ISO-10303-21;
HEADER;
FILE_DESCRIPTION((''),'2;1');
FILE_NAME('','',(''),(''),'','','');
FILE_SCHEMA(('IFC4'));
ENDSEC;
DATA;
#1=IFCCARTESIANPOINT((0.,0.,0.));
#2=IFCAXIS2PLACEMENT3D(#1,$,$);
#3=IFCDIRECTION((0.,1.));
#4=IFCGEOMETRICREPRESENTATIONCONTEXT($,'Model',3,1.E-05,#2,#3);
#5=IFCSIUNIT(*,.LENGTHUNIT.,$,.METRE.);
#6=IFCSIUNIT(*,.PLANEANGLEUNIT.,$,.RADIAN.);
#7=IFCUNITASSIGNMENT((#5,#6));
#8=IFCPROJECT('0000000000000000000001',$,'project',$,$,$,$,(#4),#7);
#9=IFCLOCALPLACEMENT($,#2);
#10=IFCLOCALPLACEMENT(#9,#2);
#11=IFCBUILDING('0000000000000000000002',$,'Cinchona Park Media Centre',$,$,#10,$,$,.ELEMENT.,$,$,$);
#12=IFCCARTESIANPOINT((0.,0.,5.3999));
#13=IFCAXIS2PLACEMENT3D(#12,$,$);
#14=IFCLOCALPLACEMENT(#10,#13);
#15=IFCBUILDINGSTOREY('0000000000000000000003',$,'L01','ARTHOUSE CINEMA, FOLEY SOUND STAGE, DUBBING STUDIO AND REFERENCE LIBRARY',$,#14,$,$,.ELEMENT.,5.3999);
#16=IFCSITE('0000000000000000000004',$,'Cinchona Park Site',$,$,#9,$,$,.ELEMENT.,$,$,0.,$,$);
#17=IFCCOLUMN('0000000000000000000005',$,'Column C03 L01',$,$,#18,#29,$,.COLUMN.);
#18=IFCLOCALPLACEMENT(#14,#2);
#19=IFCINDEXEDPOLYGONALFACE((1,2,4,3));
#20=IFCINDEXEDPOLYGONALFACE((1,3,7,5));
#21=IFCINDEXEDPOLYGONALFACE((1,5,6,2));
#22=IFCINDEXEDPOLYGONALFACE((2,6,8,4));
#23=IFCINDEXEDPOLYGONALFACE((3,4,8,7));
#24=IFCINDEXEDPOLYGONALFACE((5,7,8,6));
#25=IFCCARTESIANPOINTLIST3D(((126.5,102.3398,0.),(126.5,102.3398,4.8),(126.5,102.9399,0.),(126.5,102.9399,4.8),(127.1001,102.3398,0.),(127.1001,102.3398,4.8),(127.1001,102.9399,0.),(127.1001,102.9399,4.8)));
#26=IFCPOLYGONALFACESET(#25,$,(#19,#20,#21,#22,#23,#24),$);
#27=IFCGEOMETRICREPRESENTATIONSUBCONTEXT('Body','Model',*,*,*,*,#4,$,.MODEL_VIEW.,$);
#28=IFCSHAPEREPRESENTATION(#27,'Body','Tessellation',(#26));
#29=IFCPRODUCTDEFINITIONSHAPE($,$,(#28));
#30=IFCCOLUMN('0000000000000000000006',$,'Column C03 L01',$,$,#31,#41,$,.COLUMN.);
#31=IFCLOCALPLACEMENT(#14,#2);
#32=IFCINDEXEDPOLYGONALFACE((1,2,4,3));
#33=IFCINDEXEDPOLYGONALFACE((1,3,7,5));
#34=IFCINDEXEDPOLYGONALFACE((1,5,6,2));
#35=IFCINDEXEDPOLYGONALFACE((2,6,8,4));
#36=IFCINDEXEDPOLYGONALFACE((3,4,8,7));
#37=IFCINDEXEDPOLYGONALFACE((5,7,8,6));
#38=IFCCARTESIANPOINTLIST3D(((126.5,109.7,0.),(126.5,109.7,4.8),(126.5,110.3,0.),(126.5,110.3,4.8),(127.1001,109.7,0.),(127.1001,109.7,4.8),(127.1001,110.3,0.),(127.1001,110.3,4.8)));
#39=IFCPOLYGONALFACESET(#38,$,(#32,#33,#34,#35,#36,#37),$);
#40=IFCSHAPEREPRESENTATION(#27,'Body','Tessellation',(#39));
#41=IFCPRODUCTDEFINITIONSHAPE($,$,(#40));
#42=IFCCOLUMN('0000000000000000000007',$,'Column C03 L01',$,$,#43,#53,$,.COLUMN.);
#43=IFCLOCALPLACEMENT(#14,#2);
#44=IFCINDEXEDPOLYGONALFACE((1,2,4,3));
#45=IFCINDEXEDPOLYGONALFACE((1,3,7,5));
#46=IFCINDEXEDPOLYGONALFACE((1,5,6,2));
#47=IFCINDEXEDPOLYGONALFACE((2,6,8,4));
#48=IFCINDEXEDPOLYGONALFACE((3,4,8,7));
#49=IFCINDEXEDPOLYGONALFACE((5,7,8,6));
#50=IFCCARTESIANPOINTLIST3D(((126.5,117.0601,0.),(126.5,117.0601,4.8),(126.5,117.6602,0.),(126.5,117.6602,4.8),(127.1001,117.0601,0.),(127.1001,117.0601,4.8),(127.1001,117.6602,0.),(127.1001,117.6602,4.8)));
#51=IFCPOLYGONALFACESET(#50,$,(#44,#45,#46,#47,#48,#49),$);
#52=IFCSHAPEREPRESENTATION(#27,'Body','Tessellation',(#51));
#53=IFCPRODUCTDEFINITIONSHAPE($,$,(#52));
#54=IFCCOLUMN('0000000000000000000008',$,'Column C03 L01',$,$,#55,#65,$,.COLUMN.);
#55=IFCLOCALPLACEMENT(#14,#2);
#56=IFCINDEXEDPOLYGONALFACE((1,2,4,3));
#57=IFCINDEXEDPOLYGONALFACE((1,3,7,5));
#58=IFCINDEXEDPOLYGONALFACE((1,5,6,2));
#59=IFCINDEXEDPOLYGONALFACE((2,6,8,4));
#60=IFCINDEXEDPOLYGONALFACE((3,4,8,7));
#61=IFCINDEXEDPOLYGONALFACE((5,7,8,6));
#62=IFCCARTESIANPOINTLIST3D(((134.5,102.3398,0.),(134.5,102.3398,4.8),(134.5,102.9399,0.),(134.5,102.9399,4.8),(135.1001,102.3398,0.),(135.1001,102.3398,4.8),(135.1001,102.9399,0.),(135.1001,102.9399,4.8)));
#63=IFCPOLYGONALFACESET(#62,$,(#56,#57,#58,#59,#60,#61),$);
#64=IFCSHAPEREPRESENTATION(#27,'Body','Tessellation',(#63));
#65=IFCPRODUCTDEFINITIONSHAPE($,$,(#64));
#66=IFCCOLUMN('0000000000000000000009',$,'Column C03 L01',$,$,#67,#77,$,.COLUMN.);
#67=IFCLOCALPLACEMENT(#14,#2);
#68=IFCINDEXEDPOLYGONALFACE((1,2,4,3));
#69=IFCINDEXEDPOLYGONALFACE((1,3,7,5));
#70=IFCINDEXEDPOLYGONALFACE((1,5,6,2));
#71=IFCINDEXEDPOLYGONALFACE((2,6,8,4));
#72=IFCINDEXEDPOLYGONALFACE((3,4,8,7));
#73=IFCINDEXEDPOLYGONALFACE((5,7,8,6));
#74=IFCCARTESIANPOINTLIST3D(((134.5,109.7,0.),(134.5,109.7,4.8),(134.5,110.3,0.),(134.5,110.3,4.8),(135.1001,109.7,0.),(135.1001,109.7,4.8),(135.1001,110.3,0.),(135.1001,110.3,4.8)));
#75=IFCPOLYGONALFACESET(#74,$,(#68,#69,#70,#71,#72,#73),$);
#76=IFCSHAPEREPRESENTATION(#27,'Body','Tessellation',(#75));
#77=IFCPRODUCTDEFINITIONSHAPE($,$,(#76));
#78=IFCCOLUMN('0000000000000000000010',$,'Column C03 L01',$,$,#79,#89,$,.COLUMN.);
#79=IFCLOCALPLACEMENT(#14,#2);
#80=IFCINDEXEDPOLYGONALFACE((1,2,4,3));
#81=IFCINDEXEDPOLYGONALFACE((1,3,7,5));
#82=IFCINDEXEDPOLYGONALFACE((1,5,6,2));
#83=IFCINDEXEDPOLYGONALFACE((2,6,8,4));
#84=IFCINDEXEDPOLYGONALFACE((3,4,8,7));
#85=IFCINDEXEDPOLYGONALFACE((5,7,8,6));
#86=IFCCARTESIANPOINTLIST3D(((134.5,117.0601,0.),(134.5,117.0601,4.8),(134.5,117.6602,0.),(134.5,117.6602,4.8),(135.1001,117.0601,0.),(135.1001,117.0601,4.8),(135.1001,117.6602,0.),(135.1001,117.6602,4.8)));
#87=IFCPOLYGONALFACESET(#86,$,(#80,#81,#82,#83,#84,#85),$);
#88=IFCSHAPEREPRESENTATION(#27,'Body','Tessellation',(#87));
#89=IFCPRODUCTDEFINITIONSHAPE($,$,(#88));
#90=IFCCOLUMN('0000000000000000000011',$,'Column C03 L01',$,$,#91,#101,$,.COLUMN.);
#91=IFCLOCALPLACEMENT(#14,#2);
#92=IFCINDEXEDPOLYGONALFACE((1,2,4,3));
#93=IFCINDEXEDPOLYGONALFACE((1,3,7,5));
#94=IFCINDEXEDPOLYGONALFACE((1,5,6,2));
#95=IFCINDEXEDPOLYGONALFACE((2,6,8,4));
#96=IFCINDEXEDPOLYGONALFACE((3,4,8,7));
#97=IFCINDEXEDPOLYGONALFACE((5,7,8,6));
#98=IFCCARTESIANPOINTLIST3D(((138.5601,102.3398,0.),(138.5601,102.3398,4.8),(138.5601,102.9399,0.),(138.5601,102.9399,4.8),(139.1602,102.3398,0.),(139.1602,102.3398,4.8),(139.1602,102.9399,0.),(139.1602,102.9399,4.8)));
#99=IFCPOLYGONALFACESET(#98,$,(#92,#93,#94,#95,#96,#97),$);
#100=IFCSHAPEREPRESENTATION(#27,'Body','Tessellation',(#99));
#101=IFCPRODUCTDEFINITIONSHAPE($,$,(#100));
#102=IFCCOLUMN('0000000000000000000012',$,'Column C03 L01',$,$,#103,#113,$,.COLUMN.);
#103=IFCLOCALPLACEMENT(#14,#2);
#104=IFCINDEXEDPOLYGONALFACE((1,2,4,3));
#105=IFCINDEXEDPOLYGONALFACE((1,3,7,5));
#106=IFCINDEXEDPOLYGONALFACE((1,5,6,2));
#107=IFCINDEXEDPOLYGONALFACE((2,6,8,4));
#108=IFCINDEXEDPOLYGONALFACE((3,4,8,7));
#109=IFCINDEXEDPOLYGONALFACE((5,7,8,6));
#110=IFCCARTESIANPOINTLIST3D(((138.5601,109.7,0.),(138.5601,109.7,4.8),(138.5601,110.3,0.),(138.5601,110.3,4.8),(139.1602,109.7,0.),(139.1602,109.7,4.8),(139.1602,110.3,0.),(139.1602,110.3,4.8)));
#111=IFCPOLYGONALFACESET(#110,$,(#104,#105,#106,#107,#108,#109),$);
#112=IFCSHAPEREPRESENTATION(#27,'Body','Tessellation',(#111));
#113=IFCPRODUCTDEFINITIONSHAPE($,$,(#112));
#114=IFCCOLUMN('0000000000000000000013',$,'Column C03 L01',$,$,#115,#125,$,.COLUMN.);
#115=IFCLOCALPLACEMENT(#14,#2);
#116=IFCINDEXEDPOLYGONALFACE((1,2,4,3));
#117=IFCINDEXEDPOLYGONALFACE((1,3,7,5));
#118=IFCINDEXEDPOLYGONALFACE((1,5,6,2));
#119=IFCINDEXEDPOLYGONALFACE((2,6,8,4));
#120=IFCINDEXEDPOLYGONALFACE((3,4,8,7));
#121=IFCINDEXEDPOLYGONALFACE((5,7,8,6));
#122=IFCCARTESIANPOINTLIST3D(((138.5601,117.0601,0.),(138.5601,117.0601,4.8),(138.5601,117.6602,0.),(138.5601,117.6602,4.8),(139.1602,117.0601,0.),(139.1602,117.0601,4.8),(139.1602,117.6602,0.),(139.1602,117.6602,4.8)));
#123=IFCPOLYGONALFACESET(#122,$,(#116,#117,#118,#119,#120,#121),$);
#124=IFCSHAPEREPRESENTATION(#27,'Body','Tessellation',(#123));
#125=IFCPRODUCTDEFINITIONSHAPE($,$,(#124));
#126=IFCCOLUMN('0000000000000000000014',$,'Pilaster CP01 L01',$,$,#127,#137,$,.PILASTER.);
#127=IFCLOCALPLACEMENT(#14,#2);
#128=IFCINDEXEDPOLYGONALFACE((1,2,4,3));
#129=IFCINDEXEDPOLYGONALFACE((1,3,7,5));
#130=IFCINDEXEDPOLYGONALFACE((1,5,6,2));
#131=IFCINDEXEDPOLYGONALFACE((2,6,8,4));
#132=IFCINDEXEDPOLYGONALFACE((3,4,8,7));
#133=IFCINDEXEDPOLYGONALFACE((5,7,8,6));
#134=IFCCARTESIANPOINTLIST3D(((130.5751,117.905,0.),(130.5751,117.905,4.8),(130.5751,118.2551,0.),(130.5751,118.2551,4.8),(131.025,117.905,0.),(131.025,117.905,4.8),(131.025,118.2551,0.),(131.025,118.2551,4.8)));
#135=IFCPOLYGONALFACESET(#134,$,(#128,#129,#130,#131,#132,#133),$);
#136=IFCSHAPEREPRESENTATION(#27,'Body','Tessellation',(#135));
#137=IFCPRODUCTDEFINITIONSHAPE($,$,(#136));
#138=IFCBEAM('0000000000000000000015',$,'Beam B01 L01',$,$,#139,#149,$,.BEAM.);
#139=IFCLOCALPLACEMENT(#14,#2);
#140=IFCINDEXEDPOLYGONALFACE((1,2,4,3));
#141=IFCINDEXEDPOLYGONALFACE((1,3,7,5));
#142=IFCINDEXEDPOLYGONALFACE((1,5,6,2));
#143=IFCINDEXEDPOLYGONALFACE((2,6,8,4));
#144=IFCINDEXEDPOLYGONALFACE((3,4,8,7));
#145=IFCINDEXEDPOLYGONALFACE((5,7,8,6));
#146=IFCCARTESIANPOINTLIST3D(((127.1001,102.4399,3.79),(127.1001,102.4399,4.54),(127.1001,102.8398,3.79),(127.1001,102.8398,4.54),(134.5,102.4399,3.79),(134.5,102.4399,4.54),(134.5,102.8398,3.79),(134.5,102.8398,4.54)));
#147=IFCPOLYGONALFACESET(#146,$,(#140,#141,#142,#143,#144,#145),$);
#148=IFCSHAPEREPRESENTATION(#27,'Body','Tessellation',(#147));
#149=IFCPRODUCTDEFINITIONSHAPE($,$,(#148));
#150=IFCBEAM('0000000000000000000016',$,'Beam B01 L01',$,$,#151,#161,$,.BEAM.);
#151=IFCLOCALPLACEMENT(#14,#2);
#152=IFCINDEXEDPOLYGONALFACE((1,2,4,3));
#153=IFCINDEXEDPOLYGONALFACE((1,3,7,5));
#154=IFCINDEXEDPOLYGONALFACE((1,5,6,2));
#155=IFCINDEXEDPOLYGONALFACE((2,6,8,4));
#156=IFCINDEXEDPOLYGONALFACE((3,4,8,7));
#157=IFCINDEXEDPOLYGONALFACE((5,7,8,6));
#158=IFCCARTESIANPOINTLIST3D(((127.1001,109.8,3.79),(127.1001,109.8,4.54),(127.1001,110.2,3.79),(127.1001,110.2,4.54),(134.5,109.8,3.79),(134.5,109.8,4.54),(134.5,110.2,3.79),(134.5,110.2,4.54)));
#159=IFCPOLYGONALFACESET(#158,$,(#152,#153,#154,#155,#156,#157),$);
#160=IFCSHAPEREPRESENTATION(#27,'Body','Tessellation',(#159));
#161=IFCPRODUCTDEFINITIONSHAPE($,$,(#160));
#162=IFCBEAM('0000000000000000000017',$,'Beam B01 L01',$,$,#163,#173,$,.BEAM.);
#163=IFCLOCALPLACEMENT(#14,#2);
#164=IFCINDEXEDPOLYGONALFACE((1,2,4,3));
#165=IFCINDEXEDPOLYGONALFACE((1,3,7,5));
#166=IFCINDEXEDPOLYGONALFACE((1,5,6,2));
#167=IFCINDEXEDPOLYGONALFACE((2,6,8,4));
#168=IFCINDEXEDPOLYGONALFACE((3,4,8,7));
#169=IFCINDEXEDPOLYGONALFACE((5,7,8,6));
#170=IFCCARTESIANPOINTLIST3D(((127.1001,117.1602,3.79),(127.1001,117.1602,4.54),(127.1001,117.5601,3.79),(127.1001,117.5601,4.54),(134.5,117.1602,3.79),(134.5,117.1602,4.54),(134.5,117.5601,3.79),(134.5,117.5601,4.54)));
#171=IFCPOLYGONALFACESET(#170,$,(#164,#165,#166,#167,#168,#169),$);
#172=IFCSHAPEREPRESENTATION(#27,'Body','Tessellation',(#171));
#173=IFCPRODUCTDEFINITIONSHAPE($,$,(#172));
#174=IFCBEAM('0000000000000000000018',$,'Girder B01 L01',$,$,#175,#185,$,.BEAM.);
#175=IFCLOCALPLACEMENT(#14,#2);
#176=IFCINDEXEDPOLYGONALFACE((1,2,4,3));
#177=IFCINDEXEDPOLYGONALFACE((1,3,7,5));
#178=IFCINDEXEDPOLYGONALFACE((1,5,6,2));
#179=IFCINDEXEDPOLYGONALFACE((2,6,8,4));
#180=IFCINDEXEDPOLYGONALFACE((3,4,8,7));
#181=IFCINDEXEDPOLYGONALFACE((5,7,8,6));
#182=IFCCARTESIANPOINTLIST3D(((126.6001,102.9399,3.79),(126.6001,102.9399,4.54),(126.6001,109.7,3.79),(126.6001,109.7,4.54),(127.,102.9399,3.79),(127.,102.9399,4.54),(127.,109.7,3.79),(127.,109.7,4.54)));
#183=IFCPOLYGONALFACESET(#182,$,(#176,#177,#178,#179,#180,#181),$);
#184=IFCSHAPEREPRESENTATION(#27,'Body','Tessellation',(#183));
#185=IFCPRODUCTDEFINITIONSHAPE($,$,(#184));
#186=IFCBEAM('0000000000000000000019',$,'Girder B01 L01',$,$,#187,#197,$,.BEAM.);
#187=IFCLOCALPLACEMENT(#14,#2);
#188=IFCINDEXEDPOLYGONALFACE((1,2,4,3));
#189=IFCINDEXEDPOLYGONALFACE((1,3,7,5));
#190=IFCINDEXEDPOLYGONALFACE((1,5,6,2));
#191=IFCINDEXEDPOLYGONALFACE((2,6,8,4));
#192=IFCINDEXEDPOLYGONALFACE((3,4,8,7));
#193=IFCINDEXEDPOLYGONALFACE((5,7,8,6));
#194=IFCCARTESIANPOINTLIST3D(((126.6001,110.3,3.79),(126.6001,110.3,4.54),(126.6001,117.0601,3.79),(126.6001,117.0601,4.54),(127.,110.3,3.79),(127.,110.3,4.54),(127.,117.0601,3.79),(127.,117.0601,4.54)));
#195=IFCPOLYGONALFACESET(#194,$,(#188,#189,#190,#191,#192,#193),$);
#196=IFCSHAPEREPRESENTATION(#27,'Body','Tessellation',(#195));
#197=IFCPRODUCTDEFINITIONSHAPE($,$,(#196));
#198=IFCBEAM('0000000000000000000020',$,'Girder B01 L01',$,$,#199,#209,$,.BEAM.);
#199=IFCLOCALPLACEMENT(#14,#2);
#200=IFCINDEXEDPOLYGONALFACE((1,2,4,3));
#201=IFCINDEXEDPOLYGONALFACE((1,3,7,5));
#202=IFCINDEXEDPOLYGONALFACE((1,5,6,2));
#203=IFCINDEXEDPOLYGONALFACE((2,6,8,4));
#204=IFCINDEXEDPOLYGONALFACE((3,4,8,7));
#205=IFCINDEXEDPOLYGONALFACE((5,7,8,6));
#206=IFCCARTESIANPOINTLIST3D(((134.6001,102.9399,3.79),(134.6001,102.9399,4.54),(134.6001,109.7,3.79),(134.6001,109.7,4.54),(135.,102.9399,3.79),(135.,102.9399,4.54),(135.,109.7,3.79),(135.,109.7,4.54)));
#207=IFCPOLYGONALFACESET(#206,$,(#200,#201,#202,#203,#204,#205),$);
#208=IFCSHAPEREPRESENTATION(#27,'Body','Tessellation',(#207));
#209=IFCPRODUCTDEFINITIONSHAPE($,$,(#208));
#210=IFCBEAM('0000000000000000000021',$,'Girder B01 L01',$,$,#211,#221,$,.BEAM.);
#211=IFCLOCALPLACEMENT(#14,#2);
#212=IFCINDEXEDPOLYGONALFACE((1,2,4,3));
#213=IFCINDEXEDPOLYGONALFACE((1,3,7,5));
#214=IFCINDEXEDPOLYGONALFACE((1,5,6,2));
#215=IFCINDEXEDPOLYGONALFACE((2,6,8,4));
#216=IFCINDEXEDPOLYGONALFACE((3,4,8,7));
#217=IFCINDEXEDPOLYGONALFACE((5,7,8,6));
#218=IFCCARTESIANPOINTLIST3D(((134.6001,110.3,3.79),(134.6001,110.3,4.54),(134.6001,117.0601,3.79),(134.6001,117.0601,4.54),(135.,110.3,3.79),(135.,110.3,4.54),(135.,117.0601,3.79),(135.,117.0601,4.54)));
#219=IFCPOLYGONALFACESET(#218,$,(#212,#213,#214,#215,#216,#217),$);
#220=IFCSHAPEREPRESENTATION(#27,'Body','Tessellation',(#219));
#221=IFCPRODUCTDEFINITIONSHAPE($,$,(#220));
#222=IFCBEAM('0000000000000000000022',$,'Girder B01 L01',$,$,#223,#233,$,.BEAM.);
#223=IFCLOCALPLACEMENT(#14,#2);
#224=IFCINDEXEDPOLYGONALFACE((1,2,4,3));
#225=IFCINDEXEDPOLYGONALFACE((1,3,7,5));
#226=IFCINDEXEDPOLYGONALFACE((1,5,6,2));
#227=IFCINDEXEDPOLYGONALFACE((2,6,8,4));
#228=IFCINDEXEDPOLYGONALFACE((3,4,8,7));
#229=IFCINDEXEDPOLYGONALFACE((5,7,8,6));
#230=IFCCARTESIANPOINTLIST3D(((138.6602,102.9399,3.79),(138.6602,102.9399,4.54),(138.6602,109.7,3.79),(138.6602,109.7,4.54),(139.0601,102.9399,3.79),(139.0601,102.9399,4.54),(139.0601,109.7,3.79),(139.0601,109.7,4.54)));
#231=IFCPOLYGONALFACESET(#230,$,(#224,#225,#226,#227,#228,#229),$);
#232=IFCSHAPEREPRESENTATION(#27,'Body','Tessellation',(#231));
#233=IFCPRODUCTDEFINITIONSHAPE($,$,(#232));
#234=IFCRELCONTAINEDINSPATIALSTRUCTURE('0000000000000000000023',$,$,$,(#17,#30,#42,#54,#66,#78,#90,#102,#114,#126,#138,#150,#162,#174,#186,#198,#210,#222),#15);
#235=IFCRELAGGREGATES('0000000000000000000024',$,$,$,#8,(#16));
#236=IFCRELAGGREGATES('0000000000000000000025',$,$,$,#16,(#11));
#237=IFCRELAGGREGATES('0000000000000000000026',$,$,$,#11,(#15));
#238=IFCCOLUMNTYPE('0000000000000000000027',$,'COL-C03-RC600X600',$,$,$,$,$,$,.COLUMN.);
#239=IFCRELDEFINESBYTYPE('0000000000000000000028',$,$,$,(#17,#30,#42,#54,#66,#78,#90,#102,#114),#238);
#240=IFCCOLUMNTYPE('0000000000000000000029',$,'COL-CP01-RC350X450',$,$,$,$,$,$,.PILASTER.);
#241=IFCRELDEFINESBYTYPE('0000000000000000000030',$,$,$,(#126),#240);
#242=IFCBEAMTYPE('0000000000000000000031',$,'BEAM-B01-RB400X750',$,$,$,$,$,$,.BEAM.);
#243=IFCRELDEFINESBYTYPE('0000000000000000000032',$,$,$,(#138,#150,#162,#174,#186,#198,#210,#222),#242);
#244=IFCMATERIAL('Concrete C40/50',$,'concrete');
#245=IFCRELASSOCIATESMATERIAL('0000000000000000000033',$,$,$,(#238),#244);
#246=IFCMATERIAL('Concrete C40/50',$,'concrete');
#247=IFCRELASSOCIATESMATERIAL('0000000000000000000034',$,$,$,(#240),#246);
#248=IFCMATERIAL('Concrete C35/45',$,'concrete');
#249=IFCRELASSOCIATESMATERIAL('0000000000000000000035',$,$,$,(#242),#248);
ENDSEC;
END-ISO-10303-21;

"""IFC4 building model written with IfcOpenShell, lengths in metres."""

from ifc_helpers import new_model, si_unit, direction, frame, origin, origin_2d, place, context, subcontext, project, spatial, rectangle, extrude, material, material_profile, profile_set, type_object, element, save


model = new_model("IFC4")

# Units and contexts
model_context = context("Model", 3, precision=1e-05, world=origin(), true_north=direction((0.0, 1.0)))
body_context = subcontext(model_context, "Body", "Model", "MODEL_VIEW")
ifc_project = project(units=[si_unit("LENGTHUNIT", "METRE"), si_unit("PLANEANGLEUNIT", "RADIAN")], contexts=[model_context])

# Site, building, storey
site_placement = place(None, origin())
site = spatial("IfcSite", under=ifc_project, at=site_placement, Name="Cinchona Park Site", CompositionType="ELEMENT", RefElevation=0.0)
building_placement = place(site_placement, origin())
building = spatial("IfcBuilding", under=site, at=building_placement, Name="Cinchona Park Media Centre", CompositionType="ELEMENT")
storey_placement = place(building_placement, frame((0.0, 0.0, 5.3999)))
storey = spatial("IfcBuildingStorey", under=building, at=storey_placement, Name="L01", Description="ARTHOUSE CINEMA, FOLEY SOUND STAGE, DUBBING STUDIO AND REFERENCE LIBRARY", CompositionType="ELEMENT", Elevation=5.3999)

# Columns
ifc_material_1 = material(Name="Concrete C40/50", Category="concrete")
ifc_material_profile_1 = material_profile(ifc_material_1, rectangle(XDim=0.6001, YDim=0.6001, at=origin_2d()), Name="RC 600X600")
ifc_profile_set_1 = profile_set([ifc_material_profile_1], Name="Concrete C40/50")
column_type_1 = type_object("IfcColumnType", Name="COL-C03-RC600X600", PredefinedType="COLUMN", material=ifc_profile_set_1)
for number, where, z_axis, x_axis, name in (
    (1, (126.8, 102.6399, 0.0), (0.0, 0.0, 1.0), (1.0, 0.0, 0.0), "Column C03 L01"),
    (2, (126.8, 110.0, 0.0), (0.0, 0.0, 1.0), (1.0, 0.0, 0.0), "Column C03 L01"),
    (3, (126.8, 117.3601, 0.0), (0.0, 0.0, 1.0), (1.0, 0.0, 0.0), "Column C03 L01"),
    (4, (134.8, 102.6399, 0.0), (0.0, 0.0, 1.0), (1.0, 0.0, 0.0), "Column C03 L01"),
    (5, (134.8, 110.0, 0.0), (0.0, 0.0, 1.0), (1.0, 0.0, 0.0), "Column C03 L01"),
    (6, (134.8, 117.3601, 0.0), (0.0, 0.0, 1.0), (1.0, 0.0, 0.0), "Column C03 L01"),
    (7, (138.8601, 102.6399, 0.0), (0.0, 0.0, 1.0), (1.0, 0.0, 0.0), "Column C03 L01"),
    (8, (138.8601, 110.0, 0.0), (0.0, 0.0, 1.0), (1.0, 0.0, 0.0), "Column C03 L01"),
    (9, (138.8601, 117.3601, 0.0), (0.0, 0.0, 1.0), (1.0, 0.0, 0.0), "Column C03 L01"),
):
    element("IfcColumn", number, at=place(storey_placement, frame(where, z_axis=z_axis, x_axis=x_axis)), inside=storey, type_object=column_type_1, Name=name, PredefinedType="COLUMN", context=body_context, shape_type="SweptSolid", body=[
        extrude(rectangle(XDim=0.6001, YDim=0.6001, at=origin_2d()), origin(), (0.0, 0.0, 1.0), 4.8),
    ])
ifc_material_2 = material(Name="Concrete C40/50", Category="concrete")
ifc_material_profile_2 = material_profile(ifc_material_2, rectangle(XDim=0.3501, YDim=0.45, at=origin_2d()), Name="RC 350X450")
ifc_profile_set_2 = profile_set([ifc_material_profile_2], Name="Concrete C40/50")
column_type_2 = type_object("IfcColumnType", Name="COL-CP01-RC350X450", PredefinedType="PILASTER", material=ifc_profile_set_2)
column_placement = place(storey_placement, frame((130.8, 118.0801, 0.0), z_axis=(0.0, 0.0, 1.0), x_axis=(0.0, 1.0, 0.0)))
element("IfcColumn", 10, at=column_placement, inside=storey, type_object=column_type_2, Name="Pilaster CP01 L01", PredefinedType="PILASTER", context=body_context, shape_type="SweptSolid", body=[
    extrude(rectangle(XDim=0.3501, YDim=0.45, at=origin_2d()), origin(), (0.0, 0.0, 1.0), 4.8),
])

# Beams
ifc_material_3 = material(Name="Concrete C35/45", Category="concrete")
ifc_material_profile_3 = material_profile(ifc_material_3, rectangle(XDim=0.3999, YDim=0.75, at=origin_2d()), Name="RB 400X750")
ifc_profile_set_3 = profile_set([ifc_material_profile_3], Name="Concrete C35/45")
beam_type_1 = type_object("IfcBeamType", Name="BEAM-B01-RB400X750", PredefinedType="BEAM", material=ifc_profile_set_3)
for number, where, z_axis, x_axis, name in (
    (11, (127.1001, 102.6399, 4.165), (1.0, 0.0, 0.0), (0.0, 1.0, 0.0), "Beam B01 L01"),
    (12, (127.1001, 110.0, 4.165), (1.0, 0.0, 0.0), (0.0, 1.0, 0.0), "Beam B01 L01"),
    (13, (127.1001, 117.3601, 4.165), (1.0, 0.0, 0.0), (0.0, 1.0, 0.0), "Beam B01 L01"),
):
    element("IfcBeam", number, at=place(storey_placement, frame(where, z_axis=z_axis, x_axis=x_axis)), inside=storey, type_object=beam_type_1, Name=name, PredefinedType="BEAM", context=body_context, shape_type="SweptSolid", body=[
        extrude(rectangle(XDim=0.3999, YDim=0.75, at=origin_2d()), origin(), (0.0, 0.0, 1.0), 7.3999),
    ])
for number, where, z_axis, x_axis, name in (
    (14, (126.8, 102.9399, 4.165), (0.0, 1.0, 0.0), (-1.0, 0.0, 0.0), "Girder B01 L01"),
    (15, (126.8, 110.3, 4.165), (0.0, 1.0, 0.0), (-1.0, 0.0, 0.0), "Girder B01 L01"),
    (16, (134.8, 102.9399, 4.165), (0.0, 1.0, 0.0), (-1.0, 0.0, 0.0), "Girder B01 L01"),
    (17, (134.8, 110.3, 4.165), (0.0, 1.0, 0.0), (-1.0, 0.0, 0.0), "Girder B01 L01"),
    (18, (138.8601, 102.9399, 4.165), (0.0, 1.0, 0.0), (-1.0, 0.0, 0.0), "Girder B01 L01"),
):
    element("IfcBeam", number, at=place(storey_placement, frame(where, z_axis=z_axis, x_axis=x_axis)), inside=storey, type_object=beam_type_1, Name=name, PredefinedType="BEAM", context=body_context, shape_type="SweptSolid", body=[
        extrude(rectangle(XDim=0.3999, YDim=0.75, at=origin_2d()), origin(), (0.0, 0.0, 1.0), 6.76),
    ])

save(model, "model.ifc")
